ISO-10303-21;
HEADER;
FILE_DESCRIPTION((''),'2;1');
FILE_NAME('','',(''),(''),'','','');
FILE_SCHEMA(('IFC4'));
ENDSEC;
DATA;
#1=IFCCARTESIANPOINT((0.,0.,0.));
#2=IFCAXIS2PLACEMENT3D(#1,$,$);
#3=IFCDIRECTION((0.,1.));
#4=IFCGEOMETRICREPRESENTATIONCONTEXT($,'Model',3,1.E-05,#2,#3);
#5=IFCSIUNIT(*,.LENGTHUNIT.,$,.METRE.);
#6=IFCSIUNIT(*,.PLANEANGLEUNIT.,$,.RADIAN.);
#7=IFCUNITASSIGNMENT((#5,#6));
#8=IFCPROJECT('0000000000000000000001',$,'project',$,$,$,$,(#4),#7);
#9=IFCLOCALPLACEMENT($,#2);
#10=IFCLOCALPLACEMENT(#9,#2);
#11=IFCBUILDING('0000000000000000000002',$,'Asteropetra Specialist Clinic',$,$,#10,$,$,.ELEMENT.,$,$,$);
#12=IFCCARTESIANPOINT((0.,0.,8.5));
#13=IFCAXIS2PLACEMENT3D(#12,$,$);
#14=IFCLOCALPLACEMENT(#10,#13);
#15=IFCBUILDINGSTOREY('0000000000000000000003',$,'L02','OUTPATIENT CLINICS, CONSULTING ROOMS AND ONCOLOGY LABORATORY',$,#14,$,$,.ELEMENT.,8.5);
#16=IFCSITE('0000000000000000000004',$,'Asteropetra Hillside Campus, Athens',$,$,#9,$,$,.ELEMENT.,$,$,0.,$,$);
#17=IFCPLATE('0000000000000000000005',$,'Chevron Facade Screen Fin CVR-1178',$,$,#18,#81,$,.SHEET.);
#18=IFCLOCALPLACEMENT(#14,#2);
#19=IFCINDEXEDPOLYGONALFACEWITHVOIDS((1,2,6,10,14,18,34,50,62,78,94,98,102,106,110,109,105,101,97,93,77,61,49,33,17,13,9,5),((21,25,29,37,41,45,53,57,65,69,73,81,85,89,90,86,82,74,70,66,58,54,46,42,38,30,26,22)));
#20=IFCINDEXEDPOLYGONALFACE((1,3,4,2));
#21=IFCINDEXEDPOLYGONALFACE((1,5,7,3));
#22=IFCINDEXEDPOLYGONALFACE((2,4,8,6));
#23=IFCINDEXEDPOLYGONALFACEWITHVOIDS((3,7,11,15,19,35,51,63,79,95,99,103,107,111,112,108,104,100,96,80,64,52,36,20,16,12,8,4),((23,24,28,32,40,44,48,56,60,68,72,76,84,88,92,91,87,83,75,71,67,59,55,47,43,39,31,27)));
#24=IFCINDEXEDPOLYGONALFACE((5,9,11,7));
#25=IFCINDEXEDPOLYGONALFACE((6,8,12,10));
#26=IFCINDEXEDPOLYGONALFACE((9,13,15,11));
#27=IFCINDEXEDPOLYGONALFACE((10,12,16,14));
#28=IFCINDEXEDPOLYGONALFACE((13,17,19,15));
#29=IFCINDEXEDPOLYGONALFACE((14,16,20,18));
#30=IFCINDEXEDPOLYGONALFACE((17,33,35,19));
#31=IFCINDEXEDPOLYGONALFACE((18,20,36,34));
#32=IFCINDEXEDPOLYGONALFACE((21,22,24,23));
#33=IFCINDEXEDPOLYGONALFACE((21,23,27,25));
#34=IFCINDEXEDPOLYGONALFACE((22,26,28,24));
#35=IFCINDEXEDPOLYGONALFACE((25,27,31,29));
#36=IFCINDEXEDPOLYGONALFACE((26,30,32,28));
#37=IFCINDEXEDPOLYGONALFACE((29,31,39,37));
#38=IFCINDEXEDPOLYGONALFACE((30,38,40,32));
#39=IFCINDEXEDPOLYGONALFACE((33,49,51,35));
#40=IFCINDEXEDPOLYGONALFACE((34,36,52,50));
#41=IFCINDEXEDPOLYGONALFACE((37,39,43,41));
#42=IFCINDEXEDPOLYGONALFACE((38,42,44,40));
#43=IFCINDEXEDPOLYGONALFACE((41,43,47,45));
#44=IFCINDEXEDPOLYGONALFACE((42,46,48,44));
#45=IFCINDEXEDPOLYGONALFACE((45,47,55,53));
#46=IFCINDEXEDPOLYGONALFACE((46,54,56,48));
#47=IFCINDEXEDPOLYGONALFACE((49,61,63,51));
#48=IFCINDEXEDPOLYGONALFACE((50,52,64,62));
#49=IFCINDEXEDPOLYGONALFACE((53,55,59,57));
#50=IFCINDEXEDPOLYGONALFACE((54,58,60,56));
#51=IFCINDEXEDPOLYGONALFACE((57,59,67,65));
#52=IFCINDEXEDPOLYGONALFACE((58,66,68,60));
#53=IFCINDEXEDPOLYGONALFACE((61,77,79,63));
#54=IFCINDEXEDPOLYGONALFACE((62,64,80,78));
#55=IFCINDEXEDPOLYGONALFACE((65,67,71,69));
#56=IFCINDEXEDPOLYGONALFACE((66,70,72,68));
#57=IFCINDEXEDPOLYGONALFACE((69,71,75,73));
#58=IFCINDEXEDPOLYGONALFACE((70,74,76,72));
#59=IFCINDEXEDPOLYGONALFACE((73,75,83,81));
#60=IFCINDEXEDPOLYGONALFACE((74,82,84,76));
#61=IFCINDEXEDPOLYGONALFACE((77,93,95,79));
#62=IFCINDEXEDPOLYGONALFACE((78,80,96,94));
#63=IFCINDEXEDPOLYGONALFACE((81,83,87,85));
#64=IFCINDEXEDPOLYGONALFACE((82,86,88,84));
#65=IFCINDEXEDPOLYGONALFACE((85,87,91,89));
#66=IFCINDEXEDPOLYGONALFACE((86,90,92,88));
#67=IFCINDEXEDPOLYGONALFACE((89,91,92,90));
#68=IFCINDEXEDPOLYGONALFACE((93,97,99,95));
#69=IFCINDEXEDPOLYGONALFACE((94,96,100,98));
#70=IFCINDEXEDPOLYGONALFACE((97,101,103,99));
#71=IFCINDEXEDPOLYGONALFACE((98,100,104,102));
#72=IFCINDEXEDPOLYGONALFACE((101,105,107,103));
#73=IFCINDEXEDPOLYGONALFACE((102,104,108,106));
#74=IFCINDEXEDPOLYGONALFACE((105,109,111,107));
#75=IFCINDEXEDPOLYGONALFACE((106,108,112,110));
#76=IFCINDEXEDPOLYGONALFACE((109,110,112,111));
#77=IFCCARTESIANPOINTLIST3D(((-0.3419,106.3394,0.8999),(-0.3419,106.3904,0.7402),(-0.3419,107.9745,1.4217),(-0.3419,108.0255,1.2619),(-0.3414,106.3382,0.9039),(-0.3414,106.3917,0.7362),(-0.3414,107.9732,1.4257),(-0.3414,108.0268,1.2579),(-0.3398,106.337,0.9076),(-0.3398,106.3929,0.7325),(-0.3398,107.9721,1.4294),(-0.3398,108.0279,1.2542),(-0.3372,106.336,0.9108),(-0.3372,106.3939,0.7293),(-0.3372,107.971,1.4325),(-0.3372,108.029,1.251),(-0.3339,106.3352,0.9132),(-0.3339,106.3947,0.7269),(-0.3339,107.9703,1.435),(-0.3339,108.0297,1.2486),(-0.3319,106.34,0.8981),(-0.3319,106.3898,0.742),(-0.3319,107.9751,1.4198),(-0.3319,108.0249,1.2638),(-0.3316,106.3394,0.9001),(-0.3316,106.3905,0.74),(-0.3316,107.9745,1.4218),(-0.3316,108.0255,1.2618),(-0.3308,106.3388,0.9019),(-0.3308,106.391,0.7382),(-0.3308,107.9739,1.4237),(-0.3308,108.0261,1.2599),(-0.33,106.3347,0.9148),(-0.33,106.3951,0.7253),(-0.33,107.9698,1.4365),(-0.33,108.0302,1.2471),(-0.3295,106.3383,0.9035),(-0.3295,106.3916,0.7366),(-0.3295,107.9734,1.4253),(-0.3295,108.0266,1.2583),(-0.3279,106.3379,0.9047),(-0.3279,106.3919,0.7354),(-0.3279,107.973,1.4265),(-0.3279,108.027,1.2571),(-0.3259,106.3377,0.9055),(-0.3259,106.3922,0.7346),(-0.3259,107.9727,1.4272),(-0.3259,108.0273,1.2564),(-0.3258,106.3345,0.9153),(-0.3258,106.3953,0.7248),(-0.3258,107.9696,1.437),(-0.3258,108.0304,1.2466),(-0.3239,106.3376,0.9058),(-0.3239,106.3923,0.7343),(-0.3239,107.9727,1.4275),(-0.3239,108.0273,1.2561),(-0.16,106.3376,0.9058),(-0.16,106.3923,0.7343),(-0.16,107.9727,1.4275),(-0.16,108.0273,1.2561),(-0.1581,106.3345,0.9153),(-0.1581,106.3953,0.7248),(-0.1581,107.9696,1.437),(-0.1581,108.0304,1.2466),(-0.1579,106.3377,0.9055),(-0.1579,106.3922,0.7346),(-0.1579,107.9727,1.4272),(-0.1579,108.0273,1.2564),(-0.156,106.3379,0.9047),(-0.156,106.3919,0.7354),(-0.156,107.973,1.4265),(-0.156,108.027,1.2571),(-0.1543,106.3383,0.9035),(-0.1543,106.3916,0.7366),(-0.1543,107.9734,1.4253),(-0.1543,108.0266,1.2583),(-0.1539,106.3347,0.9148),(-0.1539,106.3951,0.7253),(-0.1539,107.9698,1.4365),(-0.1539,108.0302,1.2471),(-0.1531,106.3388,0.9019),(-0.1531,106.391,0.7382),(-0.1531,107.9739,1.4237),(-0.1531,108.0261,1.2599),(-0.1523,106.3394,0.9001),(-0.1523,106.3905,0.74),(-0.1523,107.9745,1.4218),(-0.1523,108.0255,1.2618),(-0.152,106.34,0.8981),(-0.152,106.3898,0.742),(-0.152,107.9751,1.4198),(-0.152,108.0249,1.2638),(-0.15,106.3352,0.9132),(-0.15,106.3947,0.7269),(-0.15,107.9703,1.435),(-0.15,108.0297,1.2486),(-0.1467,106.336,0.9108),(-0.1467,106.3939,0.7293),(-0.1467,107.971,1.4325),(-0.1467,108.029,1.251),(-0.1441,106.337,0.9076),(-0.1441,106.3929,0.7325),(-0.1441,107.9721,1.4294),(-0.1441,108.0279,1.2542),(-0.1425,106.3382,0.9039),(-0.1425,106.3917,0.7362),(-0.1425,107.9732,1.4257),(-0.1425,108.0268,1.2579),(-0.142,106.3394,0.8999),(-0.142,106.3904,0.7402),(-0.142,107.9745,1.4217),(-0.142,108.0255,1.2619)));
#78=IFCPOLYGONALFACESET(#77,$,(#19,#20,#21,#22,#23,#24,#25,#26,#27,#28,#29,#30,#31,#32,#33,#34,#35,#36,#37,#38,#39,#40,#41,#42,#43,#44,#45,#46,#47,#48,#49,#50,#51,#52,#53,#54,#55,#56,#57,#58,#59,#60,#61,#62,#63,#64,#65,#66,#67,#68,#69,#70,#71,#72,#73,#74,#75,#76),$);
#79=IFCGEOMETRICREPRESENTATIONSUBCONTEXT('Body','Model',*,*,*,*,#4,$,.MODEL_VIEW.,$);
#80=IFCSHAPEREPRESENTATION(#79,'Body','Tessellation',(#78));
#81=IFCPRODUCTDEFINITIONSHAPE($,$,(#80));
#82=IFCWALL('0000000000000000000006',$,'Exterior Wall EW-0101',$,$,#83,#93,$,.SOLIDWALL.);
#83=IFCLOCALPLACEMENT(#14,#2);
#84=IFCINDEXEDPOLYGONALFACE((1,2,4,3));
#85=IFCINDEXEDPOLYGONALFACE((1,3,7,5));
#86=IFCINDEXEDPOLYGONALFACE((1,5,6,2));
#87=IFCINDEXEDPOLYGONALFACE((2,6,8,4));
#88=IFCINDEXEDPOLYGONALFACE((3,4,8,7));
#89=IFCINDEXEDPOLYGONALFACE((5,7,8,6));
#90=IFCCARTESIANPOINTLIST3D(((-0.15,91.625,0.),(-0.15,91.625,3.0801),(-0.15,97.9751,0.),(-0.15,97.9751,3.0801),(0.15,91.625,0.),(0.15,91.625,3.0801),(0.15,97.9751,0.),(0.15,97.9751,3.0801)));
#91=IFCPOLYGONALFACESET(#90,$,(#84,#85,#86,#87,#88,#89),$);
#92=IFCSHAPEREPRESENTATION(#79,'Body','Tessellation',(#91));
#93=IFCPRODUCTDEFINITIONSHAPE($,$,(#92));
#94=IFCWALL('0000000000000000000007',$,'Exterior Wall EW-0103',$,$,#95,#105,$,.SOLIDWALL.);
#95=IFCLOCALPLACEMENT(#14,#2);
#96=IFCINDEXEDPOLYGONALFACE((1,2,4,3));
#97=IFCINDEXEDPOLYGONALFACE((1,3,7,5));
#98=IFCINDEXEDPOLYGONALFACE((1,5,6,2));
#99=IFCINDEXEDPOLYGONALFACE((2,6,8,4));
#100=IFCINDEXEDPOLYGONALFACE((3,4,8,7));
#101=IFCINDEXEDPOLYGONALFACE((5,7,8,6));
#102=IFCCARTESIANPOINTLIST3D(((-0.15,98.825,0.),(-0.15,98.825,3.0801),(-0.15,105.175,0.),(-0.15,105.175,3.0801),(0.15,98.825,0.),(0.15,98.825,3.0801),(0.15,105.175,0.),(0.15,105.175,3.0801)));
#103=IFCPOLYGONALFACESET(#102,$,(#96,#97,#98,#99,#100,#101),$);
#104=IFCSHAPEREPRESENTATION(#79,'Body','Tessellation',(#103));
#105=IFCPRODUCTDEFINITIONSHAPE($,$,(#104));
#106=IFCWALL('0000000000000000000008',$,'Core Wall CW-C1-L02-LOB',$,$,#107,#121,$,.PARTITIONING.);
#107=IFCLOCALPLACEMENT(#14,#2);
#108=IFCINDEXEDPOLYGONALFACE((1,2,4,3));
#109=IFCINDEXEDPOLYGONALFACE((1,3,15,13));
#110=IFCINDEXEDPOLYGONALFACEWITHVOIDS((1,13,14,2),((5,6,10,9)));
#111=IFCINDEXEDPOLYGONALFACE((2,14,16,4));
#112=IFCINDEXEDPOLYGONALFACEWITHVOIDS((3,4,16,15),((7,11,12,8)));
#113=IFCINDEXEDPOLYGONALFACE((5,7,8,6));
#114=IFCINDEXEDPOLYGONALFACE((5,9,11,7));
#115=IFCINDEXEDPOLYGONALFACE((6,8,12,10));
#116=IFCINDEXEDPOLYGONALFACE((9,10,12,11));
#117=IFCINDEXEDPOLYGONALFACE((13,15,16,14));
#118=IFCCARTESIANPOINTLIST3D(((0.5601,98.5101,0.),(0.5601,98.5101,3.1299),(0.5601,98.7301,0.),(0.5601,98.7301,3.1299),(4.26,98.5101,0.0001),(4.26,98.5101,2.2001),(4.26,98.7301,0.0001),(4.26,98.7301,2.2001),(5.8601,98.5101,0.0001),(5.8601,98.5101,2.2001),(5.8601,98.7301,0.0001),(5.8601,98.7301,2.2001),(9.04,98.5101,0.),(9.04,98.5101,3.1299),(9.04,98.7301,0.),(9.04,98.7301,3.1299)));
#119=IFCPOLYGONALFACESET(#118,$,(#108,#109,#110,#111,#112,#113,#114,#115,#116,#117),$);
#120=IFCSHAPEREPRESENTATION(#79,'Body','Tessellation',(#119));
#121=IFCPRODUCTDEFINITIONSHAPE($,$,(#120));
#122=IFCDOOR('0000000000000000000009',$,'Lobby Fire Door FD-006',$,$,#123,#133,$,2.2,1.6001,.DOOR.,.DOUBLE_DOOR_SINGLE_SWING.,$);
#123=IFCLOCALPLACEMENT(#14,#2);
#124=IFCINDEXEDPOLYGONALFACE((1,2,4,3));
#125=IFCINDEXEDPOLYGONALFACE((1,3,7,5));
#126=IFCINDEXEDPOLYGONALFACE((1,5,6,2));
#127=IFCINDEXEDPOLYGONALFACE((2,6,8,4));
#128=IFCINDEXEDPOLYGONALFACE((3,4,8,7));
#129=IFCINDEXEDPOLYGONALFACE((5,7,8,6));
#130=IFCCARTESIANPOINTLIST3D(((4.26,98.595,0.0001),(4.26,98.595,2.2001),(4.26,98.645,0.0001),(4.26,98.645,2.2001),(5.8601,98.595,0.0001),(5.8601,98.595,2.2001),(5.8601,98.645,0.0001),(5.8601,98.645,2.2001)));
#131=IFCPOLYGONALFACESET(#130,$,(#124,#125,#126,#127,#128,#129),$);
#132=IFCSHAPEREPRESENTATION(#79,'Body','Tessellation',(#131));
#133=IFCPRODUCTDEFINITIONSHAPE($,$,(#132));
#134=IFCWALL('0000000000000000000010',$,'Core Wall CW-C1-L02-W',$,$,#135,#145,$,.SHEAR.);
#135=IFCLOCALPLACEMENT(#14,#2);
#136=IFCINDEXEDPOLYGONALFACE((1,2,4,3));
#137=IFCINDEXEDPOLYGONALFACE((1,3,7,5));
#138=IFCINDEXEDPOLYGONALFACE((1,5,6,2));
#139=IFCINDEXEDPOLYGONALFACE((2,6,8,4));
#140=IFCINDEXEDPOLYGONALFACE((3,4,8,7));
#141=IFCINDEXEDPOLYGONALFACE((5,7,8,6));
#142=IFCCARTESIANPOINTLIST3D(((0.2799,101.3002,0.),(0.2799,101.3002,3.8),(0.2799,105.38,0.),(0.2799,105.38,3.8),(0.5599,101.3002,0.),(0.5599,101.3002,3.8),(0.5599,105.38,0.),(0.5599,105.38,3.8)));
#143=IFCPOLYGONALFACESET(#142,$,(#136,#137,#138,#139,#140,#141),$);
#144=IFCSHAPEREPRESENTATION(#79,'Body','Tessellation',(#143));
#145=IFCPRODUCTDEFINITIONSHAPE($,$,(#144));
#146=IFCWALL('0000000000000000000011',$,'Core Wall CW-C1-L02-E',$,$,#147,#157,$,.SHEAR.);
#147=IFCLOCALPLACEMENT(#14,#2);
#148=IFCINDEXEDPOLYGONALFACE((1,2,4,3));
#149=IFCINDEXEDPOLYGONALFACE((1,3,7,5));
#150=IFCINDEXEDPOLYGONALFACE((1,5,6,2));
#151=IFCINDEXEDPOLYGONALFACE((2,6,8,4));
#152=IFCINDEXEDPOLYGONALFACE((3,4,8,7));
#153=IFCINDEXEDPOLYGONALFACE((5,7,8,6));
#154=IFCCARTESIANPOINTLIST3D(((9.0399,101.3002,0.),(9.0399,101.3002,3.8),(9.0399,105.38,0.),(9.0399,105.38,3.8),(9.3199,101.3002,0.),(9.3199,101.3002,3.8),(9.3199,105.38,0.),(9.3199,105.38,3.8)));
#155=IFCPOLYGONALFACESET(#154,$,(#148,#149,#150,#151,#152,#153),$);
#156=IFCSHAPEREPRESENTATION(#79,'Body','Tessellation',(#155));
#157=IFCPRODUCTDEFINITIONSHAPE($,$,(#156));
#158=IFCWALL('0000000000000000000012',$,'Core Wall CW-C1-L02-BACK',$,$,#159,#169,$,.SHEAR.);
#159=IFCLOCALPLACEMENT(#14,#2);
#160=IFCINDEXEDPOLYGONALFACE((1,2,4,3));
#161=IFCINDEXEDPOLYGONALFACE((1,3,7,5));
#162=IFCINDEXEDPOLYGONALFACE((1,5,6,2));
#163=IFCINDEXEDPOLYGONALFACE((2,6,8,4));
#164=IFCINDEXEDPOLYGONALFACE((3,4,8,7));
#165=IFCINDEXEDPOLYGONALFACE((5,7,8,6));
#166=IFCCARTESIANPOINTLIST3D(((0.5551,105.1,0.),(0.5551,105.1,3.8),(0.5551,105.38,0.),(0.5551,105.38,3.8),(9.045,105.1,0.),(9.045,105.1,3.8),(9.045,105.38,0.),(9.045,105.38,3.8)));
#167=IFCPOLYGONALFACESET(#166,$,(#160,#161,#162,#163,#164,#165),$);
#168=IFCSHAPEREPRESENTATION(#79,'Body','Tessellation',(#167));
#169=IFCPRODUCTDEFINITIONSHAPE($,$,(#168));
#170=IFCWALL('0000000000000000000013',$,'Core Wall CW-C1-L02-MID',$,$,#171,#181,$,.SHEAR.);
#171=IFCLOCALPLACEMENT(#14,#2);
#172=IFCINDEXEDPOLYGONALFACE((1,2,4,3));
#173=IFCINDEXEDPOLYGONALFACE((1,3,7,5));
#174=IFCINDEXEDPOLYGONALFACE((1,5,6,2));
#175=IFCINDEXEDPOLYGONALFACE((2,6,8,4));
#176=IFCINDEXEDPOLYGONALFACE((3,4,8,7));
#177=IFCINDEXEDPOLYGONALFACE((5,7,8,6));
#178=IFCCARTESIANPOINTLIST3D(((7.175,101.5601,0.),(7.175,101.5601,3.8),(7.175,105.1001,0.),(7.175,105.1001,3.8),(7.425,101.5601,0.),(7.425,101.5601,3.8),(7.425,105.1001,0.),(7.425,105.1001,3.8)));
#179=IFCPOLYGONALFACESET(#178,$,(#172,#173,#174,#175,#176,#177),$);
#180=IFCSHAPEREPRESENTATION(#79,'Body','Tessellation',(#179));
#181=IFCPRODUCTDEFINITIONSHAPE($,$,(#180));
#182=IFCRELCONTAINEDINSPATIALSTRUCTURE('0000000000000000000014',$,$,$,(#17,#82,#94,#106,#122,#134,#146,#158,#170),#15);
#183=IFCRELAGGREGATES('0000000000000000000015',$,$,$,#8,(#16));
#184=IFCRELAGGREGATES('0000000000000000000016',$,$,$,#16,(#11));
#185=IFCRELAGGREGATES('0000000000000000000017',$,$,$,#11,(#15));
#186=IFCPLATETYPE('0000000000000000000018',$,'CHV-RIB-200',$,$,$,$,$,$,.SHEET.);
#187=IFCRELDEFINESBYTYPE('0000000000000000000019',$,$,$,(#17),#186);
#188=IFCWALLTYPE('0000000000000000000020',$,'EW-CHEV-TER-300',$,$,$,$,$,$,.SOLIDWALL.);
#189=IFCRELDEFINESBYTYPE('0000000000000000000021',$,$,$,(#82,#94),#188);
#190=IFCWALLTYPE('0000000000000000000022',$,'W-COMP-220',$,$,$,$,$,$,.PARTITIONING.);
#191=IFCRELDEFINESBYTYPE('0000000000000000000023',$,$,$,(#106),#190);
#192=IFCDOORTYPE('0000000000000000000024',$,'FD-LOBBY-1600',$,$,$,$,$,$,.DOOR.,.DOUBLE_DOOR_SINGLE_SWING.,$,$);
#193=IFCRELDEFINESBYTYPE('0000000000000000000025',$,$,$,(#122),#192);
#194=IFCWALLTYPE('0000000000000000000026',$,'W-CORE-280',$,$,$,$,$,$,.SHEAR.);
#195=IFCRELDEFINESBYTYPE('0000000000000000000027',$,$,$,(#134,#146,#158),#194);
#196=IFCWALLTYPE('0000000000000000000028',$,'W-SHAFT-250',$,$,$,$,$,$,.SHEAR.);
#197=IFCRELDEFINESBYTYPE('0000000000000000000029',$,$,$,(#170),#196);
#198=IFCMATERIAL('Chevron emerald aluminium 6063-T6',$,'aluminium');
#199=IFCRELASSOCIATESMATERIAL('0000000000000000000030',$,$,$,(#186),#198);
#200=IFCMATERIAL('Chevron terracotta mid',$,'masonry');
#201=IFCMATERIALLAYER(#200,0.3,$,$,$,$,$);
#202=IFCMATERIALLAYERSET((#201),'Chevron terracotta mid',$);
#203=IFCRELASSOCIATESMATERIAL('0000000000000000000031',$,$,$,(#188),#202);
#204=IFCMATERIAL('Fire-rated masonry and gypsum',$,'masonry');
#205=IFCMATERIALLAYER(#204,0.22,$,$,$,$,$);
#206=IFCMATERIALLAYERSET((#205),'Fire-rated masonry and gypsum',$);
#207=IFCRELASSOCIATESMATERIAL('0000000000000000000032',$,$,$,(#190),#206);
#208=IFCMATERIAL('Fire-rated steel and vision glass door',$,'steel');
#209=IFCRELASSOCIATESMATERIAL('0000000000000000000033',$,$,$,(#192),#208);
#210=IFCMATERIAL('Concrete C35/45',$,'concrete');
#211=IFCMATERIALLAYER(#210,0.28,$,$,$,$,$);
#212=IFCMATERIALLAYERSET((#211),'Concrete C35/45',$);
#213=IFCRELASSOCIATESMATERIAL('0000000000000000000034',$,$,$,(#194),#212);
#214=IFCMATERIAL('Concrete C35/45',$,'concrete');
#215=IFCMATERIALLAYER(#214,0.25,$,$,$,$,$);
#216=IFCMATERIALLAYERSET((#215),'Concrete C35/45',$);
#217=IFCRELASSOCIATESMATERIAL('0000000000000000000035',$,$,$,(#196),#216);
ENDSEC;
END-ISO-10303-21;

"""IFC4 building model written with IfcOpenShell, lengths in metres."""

from ifc_helpers import new_model, si_unit, direction, frame, frame_2d, origin, origin_2d, place, context, subcontext, project, spatial, rectangle, hollow_rectangle, extrude, material, layer, layer_set, material_profile, profile_set, type_object, element, fill, save


model = new_model("IFC4")

# Units and contexts
model_context = context("Model", 3, precision=1e-05, world=origin(), true_north=direction((0.0, 1.0)))
body_context = subcontext(model_context, "Body", "Model", "MODEL_VIEW")
ifc_project = project(units=[si_unit("LENGTHUNIT", "METRE"), si_unit("PLANEANGLEUNIT", "RADIAN")], contexts=[model_context])

# Site, building, storey
site_placement = place(None, origin())
site = spatial("IfcSite", under=ifc_project, at=site_placement, Name="Asteropetra Hillside Campus, Athens", CompositionType="ELEMENT", RefElevation=0.0)
building_placement = place(site_placement, origin())
building = spatial("IfcBuilding", under=site, at=building_placement, Name="Asteropetra Specialist Clinic", CompositionType="ELEMENT")
storey_placement = place(building_placement, frame((0.0, 0.0, 8.5)))
storey = spatial("IfcBuildingStorey", under=building, at=storey_placement, Name="L02", Description="OUTPATIENT CLINICS, CONSULTING ROOMS AND ONCOLOGY LABORATORY", CompositionType="ELEMENT", Elevation=8.5)

# Plate
ifc_material_1 = material(Name="Chevron emerald aluminium 6063-T6", Category="aluminium")
ifc_material_profile_1 = material_profile(ifc_material_1, hollow_rectangle(XDim=0.2, YDim=0.2, WallThickness=0.01, InnerFilletRadius=0.0081, OuterFilletRadius=0.0161, at=origin_2d()), Name="SHS 200x200x10.0")
ifc_profile_set_1 = profile_set([ifc_material_profile_1], Name="Chevron emerald aluminium 6063-T6")
plate_type = type_object("IfcPlateType", Name="CHV-RIB-200", PredefinedType="SHEET", material=ifc_profile_set_1)
for number, where, z_axis, x_axis, name in (
    (1, (-0.2419, 108.0, 1.3418), (0.0, -0.952673, -0.303996), (1.0, 0.0, 0.0), "Chevron Facade Screen Fin CVR-1178"),
):
    element("IfcPlate", number, at=place(storey_placement, frame(where, z_axis=z_axis, x_axis=x_axis)), inside=storey, type_object=plate_type, Name=name, PredefinedType="SHEET", context=body_context, shape_type="SweptSolid", body=[
        extrude(hollow_rectangle(XDim=0.2, YDim=0.2, WallThickness=0.01, InnerFilletRadius=0.0081, OuterFilletRadius=0.0161, at=origin_2d()), origin(), (0.0, 0.0, 1.0), 1.7163),
    ])

# Walls
ifc_material_2 = material(Name="Chevron terracotta mid", Category="masonry")
ifc_layer_1 = layer(ifc_material_2, 0.3)
ifc_layer_set_1 = layer_set([ifc_layer_1], Name="Chevron terracotta mid")
wall_type_1 = type_object("IfcWallType", Name="EW-CHEV-TER-300", PredefinedType="SOLIDWALL", material=ifc_layer_set_1)
for number, where, z_axis, x_axis, name in (
    (2, (0.0, 97.9751, 0.0), (0.0, 0.0, 1.0), (0.0, -1.0, 0.0), "Exterior Wall EW-0101"),
    (3, (0.0, 105.175, 0.0), (0.0, 0.0, 1.0), (0.0, -1.0, 0.0), "Exterior Wall EW-0103"),
):
    element("IfcWall", number, at=place(storey_placement, frame(where, z_axis=z_axis, x_axis=x_axis)), inside=storey, type_object=wall_type_1, Name=name, PredefinedType="SOLIDWALL", context=body_context, shape_type="SweptSolid", body=[
        extrude(rectangle(XDim=6.3501, YDim=0.3, at=frame_2d((3.175, 0.0))), origin(), (0.0, 0.0, 1.0), 3.0801),
    ])

# Wall, opening, door
ifc_material_3 = material(Name="Fire-rated masonry and gypsum", Category="masonry")
ifc_layer_2 = layer(ifc_material_3, 0.22)
ifc_layer_set_2 = layer_set([ifc_layer_2], Name="Fire-rated masonry and gypsum")
wall_type_2 = type_object("IfcWallType", Name="W-COMP-220", PredefinedType="PARTITIONING", material=ifc_layer_set_2)
wall_1_placement = place(storey_placement, frame((0.5601, 98.6201, 0.0), z_axis=(0.0, 0.0, 1.0), x_axis=(1.0, 0.0, 0.0)))
wall_1 = element("IfcWall", 4, at=wall_1_placement, inside=storey, type_object=wall_type_2, Name="Core Wall CW-C1-L02-LOB", PredefinedType="PARTITIONING", context=body_context, shape_type="SweptSolid", body=[
    extrude(rectangle(XDim=8.48, YDim=0.22, at=frame_2d((4.24, 0.0))), origin(), (0.0, 0.0, 1.0), 3.1299),
])
opening_1_placement = place(wall_1_placement, frame((3.7, 0.0, 0.0)))
opening_1 = element("IfcOpeningElement", 5, at=opening_1_placement, cuts=wall_1, PredefinedType="OPENING", context=body_context, shape_type="SweptSolid", body=[
    extrude(rectangle(XDim=1.6001, YDim=2.2, at=frame_2d((0.8, 1.1001))), frame((0.0, 0.1199, 0.0), z_axis=(0.0, -1.0, 0.0), x_axis=(1.0, 0.0, 0.0)), (0.0, 0.0, 1.0), 0.24),
])
ifc_material_4 = material(Name="Fire-rated steel and vision glass door", Category="steel")
door_type_1 = type_object("IfcDoorType", Name="FD-LOBBY-1600", OperationType="DOUBLE_DOOR_SINGLE_SWING", PredefinedType="DOOR", material=ifc_material_4)
door_1_placement = place(opening_1_placement, origin())
door_1 = element("IfcDoor", 6, at=door_1_placement, inside=storey, type_object=door_type_1, Name="Lobby Fire Door FD-006", OperationType="DOUBLE_DOOR_SINGLE_SWING", OverallHeight=2.2, OverallWidth=1.6001, PredefinedType="DOOR", context=body_context, shape_type="SweptSolid", body=[
    extrude(rectangle(XDim=1.6001, YDim=2.2, at=frame_2d((0.8, 1.1001))), frame((0.0, 0.0249, 0.0), z_axis=(0.0, -1.0, 0.0), x_axis=(1.0, 0.0, 0.0)), (0.0, 0.0, 1.0), 0.05),
])
fill(opening_1, door_1)

# Walls
ifc_material_5 = material(Name="Concrete C35/45", Category="concrete")
ifc_layer_3 = layer(ifc_material_5, 0.28)
ifc_layer_set_3 = layer_set([ifc_layer_3], Name="Concrete C35/45")
wall_type_3 = type_object("IfcWallType", Name="W-CORE-280", PredefinedType="SHEAR", material=ifc_layer_set_3)
for number, where, z_axis, x_axis, name in (
    (7, (0.4199, 101.3, 0.0), (0.0, 0.0, 1.0), (0.0, 1.0, 0.0), "Core Wall CW-C1-L02-W"),
    (8, (9.1799, 101.3, 0.0), (0.0, 0.0, 1.0), (0.0, 1.0, 0.0), "Core Wall CW-C1-L02-E"),
):
    element("IfcWall", number, at=place(storey_placement, frame(where, z_axis=z_axis, x_axis=x_axis)), inside=storey, type_object=wall_type_3, Name=name, PredefinedType="SHEAR", context=body_context, shape_type="SweptSolid", body=[
        extrude(rectangle(XDim=4.0798, YDim=0.28, at=frame_2d((2.04, 0.0))), origin(), (0.0, 0.0, 1.0), 3.8),
    ])
wall_2_placement = place(storey_placement, frame((0.5549, 105.24, 0.0), z_axis=(0.0, 0.0, 1.0), x_axis=(1.0, 0.0, 0.0)))
element("IfcWall", 9, at=wall_2_placement, inside=storey, type_object=wall_type_3, Name="Core Wall CW-C1-L02-BACK", PredefinedType="SHEAR", context=body_context, shape_type="SweptSolid", body=[
    extrude(rectangle(XDim=8.49, YDim=0.28, at=frame_2d((4.2451, 0.0))), origin(), (0.0, 0.0, 1.0), 3.8),
])
ifc_material_6 = material(Name="Concrete C35/45", Category="concrete")
ifc_layer_4 = layer(ifc_material_6, 0.25)
ifc_layer_set_4 = layer_set([ifc_layer_4], Name="Concrete C35/45")
wall_type_4 = type_object("IfcWallType", Name="W-SHAFT-250", PredefinedType="SHEAR", material=ifc_layer_set_4)
wall_3_placement = place(storey_placement, frame((7.3, 101.5601, 0.0), z_axis=(0.0, 0.0, 1.0), x_axis=(0.0, 1.0, 0.0)))
element("IfcWall", 10, at=wall_3_placement, inside=storey, type_object=wall_type_4, Name="Core Wall CW-C1-L02-MID", PredefinedType="SHEAR", context=body_context, shape_type="SweptSolid", body=[
    extrude(rectangle(XDim=3.54, YDim=0.25, at=frame_2d((1.77, 0.0))), origin(), (0.0, 0.0, 1.0), 3.8),
])

save(model, "model.ifc")
